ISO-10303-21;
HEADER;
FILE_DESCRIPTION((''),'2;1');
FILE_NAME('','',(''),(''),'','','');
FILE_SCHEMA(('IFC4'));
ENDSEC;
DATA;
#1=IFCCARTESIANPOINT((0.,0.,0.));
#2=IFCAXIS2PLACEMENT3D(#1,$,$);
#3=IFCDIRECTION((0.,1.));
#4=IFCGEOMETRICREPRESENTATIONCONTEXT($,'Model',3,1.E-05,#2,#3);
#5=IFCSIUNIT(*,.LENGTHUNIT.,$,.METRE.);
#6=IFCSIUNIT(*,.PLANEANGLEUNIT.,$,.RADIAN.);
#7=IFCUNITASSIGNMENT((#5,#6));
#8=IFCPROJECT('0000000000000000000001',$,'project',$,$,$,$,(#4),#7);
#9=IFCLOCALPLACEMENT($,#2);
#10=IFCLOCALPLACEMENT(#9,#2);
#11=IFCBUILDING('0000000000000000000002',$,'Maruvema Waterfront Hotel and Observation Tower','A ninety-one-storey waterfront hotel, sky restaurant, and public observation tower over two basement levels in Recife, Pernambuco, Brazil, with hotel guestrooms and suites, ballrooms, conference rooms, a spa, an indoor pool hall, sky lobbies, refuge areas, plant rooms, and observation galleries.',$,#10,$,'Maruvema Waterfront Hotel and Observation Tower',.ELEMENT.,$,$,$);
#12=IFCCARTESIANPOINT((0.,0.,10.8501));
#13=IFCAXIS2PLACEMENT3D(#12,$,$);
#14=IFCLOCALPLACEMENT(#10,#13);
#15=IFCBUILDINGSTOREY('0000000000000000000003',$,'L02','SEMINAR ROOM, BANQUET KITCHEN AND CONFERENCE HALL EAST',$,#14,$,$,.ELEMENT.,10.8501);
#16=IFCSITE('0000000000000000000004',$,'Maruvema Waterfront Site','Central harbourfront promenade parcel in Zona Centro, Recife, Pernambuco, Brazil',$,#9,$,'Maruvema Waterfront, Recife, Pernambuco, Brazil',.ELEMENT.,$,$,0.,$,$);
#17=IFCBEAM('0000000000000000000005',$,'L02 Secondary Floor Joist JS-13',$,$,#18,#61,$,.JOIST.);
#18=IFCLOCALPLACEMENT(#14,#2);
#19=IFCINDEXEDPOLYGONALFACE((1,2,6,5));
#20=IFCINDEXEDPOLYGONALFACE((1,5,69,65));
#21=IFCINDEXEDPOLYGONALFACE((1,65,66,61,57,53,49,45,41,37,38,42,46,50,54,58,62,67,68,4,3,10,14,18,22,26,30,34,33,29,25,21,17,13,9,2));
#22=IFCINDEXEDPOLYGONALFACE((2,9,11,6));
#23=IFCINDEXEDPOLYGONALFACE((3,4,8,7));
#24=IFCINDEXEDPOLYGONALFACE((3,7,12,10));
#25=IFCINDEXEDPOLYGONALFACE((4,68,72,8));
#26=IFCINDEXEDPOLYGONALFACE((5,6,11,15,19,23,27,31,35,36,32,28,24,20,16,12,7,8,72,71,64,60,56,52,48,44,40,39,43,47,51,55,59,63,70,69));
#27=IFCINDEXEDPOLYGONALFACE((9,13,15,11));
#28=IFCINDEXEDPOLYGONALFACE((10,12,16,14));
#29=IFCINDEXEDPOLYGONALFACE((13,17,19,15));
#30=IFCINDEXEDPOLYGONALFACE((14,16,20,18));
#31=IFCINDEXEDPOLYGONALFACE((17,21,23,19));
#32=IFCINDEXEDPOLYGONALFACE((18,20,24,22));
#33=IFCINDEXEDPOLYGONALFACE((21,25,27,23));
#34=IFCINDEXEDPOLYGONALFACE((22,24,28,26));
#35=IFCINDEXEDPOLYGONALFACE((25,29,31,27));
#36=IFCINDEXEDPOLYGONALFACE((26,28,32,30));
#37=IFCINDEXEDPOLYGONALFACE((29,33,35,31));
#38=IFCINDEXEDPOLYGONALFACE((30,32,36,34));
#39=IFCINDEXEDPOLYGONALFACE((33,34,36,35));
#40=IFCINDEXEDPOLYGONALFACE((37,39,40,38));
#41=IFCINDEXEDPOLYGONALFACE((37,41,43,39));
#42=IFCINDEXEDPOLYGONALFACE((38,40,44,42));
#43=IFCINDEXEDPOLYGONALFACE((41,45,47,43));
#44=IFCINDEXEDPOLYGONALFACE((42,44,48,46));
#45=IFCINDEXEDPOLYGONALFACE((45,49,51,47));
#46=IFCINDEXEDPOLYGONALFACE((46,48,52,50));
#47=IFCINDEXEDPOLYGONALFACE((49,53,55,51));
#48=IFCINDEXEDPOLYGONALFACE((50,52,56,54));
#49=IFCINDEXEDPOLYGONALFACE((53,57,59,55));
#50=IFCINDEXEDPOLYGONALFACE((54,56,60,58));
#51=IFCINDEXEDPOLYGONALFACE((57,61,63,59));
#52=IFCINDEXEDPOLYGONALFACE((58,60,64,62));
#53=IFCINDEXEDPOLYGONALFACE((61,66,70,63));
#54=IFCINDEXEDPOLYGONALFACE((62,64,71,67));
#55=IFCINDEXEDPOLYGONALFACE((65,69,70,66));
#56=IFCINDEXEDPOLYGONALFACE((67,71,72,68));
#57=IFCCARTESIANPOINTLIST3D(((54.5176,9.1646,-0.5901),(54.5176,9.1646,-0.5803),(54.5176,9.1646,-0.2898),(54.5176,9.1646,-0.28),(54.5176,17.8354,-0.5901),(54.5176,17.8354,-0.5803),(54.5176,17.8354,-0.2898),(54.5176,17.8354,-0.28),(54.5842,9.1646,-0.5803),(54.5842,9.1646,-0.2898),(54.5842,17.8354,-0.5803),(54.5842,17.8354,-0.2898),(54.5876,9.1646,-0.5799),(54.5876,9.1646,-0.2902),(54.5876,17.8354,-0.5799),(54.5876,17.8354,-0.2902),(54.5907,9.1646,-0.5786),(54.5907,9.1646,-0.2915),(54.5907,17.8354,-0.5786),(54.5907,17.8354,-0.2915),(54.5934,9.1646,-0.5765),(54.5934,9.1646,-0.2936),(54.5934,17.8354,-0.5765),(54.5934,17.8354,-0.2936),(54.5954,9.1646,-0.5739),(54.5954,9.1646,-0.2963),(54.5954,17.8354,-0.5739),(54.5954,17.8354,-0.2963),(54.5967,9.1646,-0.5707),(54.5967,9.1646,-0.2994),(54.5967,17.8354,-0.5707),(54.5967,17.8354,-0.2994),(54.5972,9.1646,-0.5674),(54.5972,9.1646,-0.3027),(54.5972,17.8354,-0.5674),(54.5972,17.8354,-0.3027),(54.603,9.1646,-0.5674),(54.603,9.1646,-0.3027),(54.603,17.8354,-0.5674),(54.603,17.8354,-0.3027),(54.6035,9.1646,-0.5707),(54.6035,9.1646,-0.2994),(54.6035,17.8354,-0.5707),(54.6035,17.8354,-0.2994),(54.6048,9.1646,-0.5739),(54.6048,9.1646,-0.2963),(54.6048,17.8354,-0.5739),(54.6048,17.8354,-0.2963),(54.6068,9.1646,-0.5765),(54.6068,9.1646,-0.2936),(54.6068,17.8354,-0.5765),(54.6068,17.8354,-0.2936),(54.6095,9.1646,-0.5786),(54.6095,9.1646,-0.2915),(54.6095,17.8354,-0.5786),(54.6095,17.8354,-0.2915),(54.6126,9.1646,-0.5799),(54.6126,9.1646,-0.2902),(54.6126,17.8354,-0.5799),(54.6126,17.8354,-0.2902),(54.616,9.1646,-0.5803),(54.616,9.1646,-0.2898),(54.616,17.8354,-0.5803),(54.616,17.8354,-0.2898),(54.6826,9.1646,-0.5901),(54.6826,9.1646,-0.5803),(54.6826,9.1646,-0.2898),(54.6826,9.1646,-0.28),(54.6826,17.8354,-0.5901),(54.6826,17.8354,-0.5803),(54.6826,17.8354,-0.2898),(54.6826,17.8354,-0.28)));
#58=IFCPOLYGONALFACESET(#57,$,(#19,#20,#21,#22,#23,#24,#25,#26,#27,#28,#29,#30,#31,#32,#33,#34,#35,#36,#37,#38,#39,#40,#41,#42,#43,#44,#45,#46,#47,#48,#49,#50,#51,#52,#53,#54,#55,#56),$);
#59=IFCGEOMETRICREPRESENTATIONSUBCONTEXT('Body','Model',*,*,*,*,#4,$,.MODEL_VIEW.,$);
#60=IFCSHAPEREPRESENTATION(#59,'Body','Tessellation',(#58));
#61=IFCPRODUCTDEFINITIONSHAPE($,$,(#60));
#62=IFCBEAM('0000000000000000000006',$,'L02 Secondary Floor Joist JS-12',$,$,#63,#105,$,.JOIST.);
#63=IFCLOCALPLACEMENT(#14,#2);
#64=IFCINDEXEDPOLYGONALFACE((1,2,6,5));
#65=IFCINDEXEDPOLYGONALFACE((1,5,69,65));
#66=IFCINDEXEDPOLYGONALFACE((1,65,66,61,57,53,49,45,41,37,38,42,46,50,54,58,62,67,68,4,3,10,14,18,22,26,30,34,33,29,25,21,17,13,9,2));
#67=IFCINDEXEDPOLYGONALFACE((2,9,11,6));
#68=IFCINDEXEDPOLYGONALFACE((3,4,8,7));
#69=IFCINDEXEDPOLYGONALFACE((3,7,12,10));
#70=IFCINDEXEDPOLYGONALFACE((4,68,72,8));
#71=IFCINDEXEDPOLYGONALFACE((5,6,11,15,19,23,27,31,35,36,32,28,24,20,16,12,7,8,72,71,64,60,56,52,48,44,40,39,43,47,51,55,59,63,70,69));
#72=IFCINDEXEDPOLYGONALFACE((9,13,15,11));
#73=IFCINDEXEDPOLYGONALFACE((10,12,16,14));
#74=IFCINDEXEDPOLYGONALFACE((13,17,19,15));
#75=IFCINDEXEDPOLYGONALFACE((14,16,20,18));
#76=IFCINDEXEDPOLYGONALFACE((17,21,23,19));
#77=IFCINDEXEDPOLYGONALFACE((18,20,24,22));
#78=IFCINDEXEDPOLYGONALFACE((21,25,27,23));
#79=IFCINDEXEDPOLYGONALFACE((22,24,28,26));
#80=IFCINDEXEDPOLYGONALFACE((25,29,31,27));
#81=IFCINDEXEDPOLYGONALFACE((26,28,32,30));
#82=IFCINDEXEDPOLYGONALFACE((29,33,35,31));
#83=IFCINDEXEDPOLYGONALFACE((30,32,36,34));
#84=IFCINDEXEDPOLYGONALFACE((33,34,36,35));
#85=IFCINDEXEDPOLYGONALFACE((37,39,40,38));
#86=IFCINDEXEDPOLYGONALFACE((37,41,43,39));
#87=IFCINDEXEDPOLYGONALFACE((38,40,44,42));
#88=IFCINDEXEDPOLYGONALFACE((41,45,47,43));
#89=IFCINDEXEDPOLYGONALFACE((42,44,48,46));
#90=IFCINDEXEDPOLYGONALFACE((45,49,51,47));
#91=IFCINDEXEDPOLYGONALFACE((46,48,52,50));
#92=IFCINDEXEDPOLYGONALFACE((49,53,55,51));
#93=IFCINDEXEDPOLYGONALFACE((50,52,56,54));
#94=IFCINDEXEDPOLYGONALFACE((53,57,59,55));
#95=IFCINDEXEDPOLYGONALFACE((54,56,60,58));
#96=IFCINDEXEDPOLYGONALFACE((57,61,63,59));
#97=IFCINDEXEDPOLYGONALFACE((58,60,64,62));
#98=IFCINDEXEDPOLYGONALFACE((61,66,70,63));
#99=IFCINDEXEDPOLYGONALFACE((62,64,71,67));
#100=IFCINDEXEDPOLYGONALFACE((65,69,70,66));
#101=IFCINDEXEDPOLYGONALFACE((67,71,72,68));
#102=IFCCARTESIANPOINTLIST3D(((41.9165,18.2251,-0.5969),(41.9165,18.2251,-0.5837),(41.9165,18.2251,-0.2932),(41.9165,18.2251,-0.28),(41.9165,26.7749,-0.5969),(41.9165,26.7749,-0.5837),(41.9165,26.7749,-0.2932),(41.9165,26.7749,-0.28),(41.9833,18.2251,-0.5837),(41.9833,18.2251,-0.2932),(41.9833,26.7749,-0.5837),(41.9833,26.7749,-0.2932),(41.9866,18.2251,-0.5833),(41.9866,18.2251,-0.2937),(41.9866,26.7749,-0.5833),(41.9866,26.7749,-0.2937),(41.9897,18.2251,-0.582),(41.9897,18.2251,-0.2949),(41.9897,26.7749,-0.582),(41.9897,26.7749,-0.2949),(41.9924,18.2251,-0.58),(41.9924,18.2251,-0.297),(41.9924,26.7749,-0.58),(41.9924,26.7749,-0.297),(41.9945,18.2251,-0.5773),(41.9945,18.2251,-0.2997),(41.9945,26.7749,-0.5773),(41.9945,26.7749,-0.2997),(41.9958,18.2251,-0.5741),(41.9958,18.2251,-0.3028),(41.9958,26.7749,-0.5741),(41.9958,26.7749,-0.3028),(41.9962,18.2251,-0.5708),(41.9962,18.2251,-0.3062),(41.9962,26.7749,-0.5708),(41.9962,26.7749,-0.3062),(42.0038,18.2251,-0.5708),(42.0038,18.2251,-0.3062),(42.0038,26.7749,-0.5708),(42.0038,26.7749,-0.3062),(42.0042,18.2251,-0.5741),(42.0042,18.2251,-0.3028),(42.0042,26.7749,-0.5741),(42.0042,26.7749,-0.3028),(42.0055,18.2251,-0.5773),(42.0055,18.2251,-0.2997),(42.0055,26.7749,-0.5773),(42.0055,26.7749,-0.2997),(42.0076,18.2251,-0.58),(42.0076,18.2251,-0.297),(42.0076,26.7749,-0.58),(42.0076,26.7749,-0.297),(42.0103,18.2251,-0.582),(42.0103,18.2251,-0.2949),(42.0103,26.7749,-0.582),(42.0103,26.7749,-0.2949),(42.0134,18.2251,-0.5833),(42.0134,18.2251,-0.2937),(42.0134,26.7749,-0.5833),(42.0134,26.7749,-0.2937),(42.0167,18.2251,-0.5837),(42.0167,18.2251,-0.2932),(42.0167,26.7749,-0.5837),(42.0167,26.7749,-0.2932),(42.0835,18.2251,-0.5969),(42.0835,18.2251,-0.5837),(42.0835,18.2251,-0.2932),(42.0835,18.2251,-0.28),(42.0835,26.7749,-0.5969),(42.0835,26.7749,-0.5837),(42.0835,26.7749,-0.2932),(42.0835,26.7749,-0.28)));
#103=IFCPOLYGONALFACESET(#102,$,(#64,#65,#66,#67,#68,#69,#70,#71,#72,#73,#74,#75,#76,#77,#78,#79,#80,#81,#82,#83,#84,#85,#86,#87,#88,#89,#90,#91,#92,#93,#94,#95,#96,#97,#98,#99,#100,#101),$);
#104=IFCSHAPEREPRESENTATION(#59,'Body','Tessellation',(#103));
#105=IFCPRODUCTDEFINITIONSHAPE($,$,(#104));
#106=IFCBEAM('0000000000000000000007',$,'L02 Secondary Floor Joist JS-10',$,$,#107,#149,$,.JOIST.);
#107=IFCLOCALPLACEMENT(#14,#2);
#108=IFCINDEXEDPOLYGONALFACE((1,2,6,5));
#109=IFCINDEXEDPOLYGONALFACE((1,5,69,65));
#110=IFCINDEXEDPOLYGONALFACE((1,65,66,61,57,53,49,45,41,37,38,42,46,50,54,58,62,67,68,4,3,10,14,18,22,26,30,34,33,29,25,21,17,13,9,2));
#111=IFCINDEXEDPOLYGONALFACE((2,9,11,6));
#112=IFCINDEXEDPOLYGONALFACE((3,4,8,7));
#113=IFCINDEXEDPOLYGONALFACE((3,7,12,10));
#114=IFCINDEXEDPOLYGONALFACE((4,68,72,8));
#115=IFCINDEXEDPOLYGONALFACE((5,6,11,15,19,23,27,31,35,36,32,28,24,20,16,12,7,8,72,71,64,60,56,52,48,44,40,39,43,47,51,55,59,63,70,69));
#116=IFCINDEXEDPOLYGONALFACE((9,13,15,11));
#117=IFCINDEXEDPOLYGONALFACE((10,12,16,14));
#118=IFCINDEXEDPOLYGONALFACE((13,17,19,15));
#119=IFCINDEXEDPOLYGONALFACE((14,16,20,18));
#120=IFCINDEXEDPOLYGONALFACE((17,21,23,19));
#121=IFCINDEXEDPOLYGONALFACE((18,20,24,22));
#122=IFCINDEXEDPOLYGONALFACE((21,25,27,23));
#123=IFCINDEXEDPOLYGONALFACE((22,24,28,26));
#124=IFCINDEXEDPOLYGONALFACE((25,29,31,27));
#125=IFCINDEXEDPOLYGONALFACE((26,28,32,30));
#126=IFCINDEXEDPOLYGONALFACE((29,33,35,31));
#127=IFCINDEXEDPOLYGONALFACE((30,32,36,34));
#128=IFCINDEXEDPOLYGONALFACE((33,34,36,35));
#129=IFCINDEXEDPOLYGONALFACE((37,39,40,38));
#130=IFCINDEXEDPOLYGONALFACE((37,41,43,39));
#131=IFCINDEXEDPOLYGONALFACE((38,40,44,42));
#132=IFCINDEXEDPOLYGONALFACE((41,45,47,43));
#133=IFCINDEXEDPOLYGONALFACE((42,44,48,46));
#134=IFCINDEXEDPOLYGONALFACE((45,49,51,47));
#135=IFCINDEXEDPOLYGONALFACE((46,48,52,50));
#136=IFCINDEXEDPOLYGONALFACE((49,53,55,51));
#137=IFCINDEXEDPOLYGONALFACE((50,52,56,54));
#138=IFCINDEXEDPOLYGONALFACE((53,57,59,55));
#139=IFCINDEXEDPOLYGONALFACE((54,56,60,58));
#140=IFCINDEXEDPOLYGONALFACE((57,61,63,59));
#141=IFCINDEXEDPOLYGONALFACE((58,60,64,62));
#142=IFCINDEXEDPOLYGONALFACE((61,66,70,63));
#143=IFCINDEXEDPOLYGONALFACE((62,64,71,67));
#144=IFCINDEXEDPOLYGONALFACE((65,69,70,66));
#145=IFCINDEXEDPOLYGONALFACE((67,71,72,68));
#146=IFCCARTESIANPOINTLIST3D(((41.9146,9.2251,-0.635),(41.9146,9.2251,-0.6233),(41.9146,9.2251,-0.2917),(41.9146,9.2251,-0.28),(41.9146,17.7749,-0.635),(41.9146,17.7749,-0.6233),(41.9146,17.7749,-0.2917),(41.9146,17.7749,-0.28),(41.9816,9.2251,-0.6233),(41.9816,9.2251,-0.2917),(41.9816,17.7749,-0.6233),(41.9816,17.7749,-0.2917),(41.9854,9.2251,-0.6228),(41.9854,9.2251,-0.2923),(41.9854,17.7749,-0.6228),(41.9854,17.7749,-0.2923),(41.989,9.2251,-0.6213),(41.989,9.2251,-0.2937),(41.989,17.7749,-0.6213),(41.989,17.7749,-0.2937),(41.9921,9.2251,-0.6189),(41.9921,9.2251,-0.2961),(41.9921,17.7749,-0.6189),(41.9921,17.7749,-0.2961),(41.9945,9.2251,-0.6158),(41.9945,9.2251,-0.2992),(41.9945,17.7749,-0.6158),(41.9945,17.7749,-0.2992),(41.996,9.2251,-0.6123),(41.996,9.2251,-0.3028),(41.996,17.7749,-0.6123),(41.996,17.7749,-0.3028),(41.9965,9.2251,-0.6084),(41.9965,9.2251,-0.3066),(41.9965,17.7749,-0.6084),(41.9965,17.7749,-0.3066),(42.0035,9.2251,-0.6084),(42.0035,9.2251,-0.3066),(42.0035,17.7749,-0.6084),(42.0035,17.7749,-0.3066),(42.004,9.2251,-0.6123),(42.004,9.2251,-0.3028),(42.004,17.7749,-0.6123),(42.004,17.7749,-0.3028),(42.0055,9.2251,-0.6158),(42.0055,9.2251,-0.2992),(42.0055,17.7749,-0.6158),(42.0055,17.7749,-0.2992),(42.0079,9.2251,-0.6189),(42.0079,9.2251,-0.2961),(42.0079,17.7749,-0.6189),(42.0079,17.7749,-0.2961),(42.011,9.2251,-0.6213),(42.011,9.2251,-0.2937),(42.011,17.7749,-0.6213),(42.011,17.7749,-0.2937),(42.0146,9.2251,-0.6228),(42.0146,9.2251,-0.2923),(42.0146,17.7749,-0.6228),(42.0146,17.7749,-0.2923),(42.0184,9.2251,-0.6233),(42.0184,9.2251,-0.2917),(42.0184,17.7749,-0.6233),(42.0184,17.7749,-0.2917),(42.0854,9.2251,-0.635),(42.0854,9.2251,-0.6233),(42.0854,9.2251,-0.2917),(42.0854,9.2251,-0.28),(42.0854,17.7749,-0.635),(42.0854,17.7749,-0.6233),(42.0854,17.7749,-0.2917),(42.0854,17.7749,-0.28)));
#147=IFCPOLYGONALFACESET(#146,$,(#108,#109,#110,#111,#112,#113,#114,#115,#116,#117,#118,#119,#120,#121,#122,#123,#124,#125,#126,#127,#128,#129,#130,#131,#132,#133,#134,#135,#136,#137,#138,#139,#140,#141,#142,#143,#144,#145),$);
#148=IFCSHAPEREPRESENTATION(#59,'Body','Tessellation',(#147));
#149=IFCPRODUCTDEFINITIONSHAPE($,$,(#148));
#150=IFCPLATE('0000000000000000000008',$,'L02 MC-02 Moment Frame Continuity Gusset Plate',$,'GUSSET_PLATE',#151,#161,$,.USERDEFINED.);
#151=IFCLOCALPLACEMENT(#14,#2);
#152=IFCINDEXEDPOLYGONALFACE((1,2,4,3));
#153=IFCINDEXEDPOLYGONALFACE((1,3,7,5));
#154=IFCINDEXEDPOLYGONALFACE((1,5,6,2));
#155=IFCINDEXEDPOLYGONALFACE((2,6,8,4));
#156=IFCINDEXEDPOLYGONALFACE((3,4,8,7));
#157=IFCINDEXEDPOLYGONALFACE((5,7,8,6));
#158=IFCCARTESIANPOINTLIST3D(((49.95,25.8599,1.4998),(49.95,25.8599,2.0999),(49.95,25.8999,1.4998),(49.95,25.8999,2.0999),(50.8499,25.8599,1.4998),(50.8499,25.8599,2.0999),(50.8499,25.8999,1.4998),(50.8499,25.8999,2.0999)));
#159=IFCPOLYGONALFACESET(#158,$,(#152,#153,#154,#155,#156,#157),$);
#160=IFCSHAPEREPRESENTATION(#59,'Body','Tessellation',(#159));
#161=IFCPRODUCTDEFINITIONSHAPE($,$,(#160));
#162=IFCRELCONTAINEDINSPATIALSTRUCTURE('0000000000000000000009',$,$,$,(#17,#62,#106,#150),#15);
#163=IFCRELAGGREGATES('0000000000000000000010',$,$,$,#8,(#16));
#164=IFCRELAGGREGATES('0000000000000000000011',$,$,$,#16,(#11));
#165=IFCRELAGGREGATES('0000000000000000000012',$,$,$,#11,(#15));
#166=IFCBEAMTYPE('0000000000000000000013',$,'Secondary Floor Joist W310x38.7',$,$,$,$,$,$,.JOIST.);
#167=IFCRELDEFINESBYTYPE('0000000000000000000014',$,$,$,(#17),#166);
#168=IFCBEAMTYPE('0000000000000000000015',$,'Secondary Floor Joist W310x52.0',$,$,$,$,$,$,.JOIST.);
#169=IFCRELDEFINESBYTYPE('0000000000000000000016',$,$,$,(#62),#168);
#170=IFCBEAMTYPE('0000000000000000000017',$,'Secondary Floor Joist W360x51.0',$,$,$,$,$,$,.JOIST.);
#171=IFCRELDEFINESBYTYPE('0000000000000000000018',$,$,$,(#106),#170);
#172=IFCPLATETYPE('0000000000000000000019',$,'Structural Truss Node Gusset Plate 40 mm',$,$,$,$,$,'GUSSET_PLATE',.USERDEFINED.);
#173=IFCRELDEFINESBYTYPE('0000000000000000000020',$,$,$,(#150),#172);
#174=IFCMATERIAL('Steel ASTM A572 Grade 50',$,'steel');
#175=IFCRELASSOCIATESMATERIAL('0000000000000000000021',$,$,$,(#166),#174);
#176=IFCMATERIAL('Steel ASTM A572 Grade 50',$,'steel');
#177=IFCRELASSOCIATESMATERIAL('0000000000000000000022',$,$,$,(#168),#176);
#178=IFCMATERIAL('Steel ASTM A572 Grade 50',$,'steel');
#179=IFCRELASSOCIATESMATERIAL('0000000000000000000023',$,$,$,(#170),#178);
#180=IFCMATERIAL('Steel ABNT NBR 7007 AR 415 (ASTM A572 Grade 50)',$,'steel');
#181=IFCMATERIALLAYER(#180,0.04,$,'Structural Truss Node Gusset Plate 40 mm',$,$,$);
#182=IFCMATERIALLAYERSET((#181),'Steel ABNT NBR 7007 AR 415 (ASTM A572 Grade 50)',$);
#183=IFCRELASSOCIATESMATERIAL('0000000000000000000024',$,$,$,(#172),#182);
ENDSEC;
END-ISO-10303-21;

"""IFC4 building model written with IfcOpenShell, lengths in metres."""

from ifc_helpers import new_model, si_unit, direction, frame, origin, origin_2d, place, context, subcontext, project, spatial, rectangle, i_section, extrude, material, layer, layer_set, material_profile, profile_set, type_object, element, save


model = new_model("IFC4")

# Units and contexts
model_context = context("Model", 3, precision=1e-05, world=origin(), true_north=direction((0.0, 1.0)))
body_context = subcontext(model_context, "Body", "Model", "MODEL_VIEW")
ifc_project = project(units=[si_unit("LENGTHUNIT", "METRE"), si_unit("PLANEANGLEUNIT", "RADIAN")], contexts=[model_context])

# Site, building, storey
site_placement = place(None, origin())
site = spatial("IfcSite", under=ifc_project, at=site_placement, Name="Maruvema Waterfront Site", Description="Central harbourfront promenade parcel in Zona Centro, Recife, Pernambuco, Brazil", LongName="Maruvema Waterfront, Recife, Pernambuco, Brazil", CompositionType="ELEMENT", RefElevation=0.0)
building_placement = place(site_placement, origin())
building = spatial("IfcBuilding", under=site, at=building_placement, Name="Maruvema Waterfront Hotel and Observation Tower", Description="A ninety-one-storey waterfront hotel, sky restaurant, and public observation tower over two basement levels in Recife, Pernambuco, Brazil, with hotel guestrooms and suites, ballrooms, conference rooms, a spa, an indoor pool hall, sky lobbies, refuge areas, plant rooms, and observation galleries.", LongName="Maruvema Waterfront Hotel and Observation Tower", CompositionType="ELEMENT")
storey_placement = place(building_placement, frame((0.0, 0.0, 10.8501)))
storey = spatial("IfcBuildingStorey", under=building, at=storey_placement, Name="L02", Description="SEMINAR ROOM, BANQUET KITCHEN AND CONFERENCE HALL EAST", CompositionType="ELEMENT", Elevation=10.8501)

# Beams
ifc_material_1 = material(Name="Steel ASTM A572 Grade 50", Category="steel")
ifc_material_profile_1 = material_profile(ifc_material_1, i_section(OverallWidth=0.165, OverallDepth=0.3101, WebThickness=0.0059, FlangeThickness=0.0098, FilletRadius=0.0129, at=origin_2d()), Name="W310x38.7")
ifc_profile_set_1 = profile_set([ifc_material_profile_1], Name="Steel ASTM A572 Grade 50")
beam_type_1 = type_object("IfcBeamType", Name="Secondary Floor Joist W310x38.7", PredefinedType="JOIST", material=ifc_profile_set_1)
beam_1_placement = place(storey_placement, frame((54.6001, 9.1646, -0.4351), z_axis=(0.0, 1.0, 0.0), x_axis=(-1.0, 0.0, 0.0)))
element("IfcBeam", 1, at=beam_1_placement, inside=storey, type_object=beam_type_1, Name="L02 Secondary Floor Joist JS-13", PredefinedType="JOIST", context=body_context, shape_type="SweptSolid", body=[
    extrude(i_section(OverallWidth=0.165, OverallDepth=0.3101, WebThickness=0.0059, FlangeThickness=0.0098, FilletRadius=0.0129, at=origin_2d()), origin(), (0.0, 0.0, 1.0), 8.6709),
])
ifc_material_2 = material(Name="Steel ASTM A572 Grade 50", Category="steel")
ifc_material_profile_2 = material_profile(ifc_material_2, i_section(OverallWidth=0.167, OverallDepth=0.3169, WebThickness=0.0076, FlangeThickness=0.0132, FilletRadius=0.0129, at=origin_2d()), Name="W310x52.0")
ifc_profile_set_2 = profile_set([ifc_material_profile_2], Name="Steel ASTM A572 Grade 50")
beam_type_2 = type_object("IfcBeamType", Name="Secondary Floor Joist W310x52.0", PredefinedType="JOIST", material=ifc_profile_set_2)
beam_2_placement = place(storey_placement, frame((42.0, 18.2251, -0.4385), z_axis=(0.0, 1.0, 0.0), x_axis=(-1.0, 0.0, 0.0)))
element("IfcBeam", 2, at=beam_2_placement, inside=storey, type_object=beam_type_2, Name="L02 Secondary Floor Joist JS-12", PredefinedType="JOIST", context=body_context, shape_type="SweptSolid", body=[
    extrude(i_section(OverallWidth=0.167, OverallDepth=0.3169, WebThickness=0.0076, FlangeThickness=0.0132, FilletRadius=0.0129, at=origin_2d()), origin(), (0.0, 0.0, 1.0), 8.5498),
])
ifc_material_3 = material(Name="Steel ASTM A572 Grade 50", Category="steel")
ifc_material_profile_3 = material_profile(ifc_material_3, i_section(OverallWidth=0.1709, OverallDepth=0.355, WebThickness=0.0071, FlangeThickness=0.0117, FilletRadius=0.0149, at=origin_2d()), Name="W360x51.0")
ifc_profile_set_3 = profile_set([ifc_material_profile_3], Name="Steel ASTM A572 Grade 50")
beam_type_3 = type_object("IfcBeamType", Name="Secondary Floor Joist W360x51.0", PredefinedType="JOIST", material=ifc_profile_set_3)
beam_3_placement = place(storey_placement, frame((42.0, 9.2251, -0.4575), z_axis=(0.0, 1.0, 0.0), x_axis=(-1.0, 0.0, 0.0)))
element("IfcBeam", 3, at=beam_3_placement, inside=storey, type_object=beam_type_3, Name="L02 Secondary Floor Joist JS-10", PredefinedType="JOIST", context=body_context, shape_type="SweptSolid", body=[
    extrude(i_section(OverallWidth=0.1709, OverallDepth=0.355, WebThickness=0.0071, FlangeThickness=0.0117, FilletRadius=0.0149, at=origin_2d()), origin(), (0.0, 0.0, 1.0), 8.5498),
])

# Plate
ifc_material_4 = material(Name="Steel ABNT NBR 7007 AR 415 (ASTM A572 Grade 50)", Category="steel")
ifc_layer_1 = layer(ifc_material_4, 0.04, Name="Structural Truss Node Gusset Plate 40 mm")
ifc_layer_set_1 = layer_set([ifc_layer_1], Name="Steel ABNT NBR 7007 AR 415 (ASTM A572 Grade 50)")
plate_type = type_object("IfcPlateType", Name="Structural Truss Node Gusset Plate 40 mm", ElementType="GUSSET_PLATE", PredefinedType="USERDEFINED", material=ifc_layer_set_1)
plate_placement = place(storey_placement, frame((50.3999, 25.8799, 1.4998), z_axis=(0.0, 0.0, 1.0), x_axis=(1.0, 0.0, 0.0)))
element("IfcPlate", 4, at=plate_placement, inside=storey, type_object=plate_type, Name="L02 MC-02 Moment Frame Continuity Gusset Plate", ObjectType="GUSSET_PLATE", PredefinedType="USERDEFINED", context=body_context, shape_type="SweptSolid", body=[
    extrude(rectangle(XDim=0.8999, YDim=0.04, at=origin_2d()), origin(), (0.0, 0.0, 1.0), 0.6001),
])

save(model, "model.ifc")
